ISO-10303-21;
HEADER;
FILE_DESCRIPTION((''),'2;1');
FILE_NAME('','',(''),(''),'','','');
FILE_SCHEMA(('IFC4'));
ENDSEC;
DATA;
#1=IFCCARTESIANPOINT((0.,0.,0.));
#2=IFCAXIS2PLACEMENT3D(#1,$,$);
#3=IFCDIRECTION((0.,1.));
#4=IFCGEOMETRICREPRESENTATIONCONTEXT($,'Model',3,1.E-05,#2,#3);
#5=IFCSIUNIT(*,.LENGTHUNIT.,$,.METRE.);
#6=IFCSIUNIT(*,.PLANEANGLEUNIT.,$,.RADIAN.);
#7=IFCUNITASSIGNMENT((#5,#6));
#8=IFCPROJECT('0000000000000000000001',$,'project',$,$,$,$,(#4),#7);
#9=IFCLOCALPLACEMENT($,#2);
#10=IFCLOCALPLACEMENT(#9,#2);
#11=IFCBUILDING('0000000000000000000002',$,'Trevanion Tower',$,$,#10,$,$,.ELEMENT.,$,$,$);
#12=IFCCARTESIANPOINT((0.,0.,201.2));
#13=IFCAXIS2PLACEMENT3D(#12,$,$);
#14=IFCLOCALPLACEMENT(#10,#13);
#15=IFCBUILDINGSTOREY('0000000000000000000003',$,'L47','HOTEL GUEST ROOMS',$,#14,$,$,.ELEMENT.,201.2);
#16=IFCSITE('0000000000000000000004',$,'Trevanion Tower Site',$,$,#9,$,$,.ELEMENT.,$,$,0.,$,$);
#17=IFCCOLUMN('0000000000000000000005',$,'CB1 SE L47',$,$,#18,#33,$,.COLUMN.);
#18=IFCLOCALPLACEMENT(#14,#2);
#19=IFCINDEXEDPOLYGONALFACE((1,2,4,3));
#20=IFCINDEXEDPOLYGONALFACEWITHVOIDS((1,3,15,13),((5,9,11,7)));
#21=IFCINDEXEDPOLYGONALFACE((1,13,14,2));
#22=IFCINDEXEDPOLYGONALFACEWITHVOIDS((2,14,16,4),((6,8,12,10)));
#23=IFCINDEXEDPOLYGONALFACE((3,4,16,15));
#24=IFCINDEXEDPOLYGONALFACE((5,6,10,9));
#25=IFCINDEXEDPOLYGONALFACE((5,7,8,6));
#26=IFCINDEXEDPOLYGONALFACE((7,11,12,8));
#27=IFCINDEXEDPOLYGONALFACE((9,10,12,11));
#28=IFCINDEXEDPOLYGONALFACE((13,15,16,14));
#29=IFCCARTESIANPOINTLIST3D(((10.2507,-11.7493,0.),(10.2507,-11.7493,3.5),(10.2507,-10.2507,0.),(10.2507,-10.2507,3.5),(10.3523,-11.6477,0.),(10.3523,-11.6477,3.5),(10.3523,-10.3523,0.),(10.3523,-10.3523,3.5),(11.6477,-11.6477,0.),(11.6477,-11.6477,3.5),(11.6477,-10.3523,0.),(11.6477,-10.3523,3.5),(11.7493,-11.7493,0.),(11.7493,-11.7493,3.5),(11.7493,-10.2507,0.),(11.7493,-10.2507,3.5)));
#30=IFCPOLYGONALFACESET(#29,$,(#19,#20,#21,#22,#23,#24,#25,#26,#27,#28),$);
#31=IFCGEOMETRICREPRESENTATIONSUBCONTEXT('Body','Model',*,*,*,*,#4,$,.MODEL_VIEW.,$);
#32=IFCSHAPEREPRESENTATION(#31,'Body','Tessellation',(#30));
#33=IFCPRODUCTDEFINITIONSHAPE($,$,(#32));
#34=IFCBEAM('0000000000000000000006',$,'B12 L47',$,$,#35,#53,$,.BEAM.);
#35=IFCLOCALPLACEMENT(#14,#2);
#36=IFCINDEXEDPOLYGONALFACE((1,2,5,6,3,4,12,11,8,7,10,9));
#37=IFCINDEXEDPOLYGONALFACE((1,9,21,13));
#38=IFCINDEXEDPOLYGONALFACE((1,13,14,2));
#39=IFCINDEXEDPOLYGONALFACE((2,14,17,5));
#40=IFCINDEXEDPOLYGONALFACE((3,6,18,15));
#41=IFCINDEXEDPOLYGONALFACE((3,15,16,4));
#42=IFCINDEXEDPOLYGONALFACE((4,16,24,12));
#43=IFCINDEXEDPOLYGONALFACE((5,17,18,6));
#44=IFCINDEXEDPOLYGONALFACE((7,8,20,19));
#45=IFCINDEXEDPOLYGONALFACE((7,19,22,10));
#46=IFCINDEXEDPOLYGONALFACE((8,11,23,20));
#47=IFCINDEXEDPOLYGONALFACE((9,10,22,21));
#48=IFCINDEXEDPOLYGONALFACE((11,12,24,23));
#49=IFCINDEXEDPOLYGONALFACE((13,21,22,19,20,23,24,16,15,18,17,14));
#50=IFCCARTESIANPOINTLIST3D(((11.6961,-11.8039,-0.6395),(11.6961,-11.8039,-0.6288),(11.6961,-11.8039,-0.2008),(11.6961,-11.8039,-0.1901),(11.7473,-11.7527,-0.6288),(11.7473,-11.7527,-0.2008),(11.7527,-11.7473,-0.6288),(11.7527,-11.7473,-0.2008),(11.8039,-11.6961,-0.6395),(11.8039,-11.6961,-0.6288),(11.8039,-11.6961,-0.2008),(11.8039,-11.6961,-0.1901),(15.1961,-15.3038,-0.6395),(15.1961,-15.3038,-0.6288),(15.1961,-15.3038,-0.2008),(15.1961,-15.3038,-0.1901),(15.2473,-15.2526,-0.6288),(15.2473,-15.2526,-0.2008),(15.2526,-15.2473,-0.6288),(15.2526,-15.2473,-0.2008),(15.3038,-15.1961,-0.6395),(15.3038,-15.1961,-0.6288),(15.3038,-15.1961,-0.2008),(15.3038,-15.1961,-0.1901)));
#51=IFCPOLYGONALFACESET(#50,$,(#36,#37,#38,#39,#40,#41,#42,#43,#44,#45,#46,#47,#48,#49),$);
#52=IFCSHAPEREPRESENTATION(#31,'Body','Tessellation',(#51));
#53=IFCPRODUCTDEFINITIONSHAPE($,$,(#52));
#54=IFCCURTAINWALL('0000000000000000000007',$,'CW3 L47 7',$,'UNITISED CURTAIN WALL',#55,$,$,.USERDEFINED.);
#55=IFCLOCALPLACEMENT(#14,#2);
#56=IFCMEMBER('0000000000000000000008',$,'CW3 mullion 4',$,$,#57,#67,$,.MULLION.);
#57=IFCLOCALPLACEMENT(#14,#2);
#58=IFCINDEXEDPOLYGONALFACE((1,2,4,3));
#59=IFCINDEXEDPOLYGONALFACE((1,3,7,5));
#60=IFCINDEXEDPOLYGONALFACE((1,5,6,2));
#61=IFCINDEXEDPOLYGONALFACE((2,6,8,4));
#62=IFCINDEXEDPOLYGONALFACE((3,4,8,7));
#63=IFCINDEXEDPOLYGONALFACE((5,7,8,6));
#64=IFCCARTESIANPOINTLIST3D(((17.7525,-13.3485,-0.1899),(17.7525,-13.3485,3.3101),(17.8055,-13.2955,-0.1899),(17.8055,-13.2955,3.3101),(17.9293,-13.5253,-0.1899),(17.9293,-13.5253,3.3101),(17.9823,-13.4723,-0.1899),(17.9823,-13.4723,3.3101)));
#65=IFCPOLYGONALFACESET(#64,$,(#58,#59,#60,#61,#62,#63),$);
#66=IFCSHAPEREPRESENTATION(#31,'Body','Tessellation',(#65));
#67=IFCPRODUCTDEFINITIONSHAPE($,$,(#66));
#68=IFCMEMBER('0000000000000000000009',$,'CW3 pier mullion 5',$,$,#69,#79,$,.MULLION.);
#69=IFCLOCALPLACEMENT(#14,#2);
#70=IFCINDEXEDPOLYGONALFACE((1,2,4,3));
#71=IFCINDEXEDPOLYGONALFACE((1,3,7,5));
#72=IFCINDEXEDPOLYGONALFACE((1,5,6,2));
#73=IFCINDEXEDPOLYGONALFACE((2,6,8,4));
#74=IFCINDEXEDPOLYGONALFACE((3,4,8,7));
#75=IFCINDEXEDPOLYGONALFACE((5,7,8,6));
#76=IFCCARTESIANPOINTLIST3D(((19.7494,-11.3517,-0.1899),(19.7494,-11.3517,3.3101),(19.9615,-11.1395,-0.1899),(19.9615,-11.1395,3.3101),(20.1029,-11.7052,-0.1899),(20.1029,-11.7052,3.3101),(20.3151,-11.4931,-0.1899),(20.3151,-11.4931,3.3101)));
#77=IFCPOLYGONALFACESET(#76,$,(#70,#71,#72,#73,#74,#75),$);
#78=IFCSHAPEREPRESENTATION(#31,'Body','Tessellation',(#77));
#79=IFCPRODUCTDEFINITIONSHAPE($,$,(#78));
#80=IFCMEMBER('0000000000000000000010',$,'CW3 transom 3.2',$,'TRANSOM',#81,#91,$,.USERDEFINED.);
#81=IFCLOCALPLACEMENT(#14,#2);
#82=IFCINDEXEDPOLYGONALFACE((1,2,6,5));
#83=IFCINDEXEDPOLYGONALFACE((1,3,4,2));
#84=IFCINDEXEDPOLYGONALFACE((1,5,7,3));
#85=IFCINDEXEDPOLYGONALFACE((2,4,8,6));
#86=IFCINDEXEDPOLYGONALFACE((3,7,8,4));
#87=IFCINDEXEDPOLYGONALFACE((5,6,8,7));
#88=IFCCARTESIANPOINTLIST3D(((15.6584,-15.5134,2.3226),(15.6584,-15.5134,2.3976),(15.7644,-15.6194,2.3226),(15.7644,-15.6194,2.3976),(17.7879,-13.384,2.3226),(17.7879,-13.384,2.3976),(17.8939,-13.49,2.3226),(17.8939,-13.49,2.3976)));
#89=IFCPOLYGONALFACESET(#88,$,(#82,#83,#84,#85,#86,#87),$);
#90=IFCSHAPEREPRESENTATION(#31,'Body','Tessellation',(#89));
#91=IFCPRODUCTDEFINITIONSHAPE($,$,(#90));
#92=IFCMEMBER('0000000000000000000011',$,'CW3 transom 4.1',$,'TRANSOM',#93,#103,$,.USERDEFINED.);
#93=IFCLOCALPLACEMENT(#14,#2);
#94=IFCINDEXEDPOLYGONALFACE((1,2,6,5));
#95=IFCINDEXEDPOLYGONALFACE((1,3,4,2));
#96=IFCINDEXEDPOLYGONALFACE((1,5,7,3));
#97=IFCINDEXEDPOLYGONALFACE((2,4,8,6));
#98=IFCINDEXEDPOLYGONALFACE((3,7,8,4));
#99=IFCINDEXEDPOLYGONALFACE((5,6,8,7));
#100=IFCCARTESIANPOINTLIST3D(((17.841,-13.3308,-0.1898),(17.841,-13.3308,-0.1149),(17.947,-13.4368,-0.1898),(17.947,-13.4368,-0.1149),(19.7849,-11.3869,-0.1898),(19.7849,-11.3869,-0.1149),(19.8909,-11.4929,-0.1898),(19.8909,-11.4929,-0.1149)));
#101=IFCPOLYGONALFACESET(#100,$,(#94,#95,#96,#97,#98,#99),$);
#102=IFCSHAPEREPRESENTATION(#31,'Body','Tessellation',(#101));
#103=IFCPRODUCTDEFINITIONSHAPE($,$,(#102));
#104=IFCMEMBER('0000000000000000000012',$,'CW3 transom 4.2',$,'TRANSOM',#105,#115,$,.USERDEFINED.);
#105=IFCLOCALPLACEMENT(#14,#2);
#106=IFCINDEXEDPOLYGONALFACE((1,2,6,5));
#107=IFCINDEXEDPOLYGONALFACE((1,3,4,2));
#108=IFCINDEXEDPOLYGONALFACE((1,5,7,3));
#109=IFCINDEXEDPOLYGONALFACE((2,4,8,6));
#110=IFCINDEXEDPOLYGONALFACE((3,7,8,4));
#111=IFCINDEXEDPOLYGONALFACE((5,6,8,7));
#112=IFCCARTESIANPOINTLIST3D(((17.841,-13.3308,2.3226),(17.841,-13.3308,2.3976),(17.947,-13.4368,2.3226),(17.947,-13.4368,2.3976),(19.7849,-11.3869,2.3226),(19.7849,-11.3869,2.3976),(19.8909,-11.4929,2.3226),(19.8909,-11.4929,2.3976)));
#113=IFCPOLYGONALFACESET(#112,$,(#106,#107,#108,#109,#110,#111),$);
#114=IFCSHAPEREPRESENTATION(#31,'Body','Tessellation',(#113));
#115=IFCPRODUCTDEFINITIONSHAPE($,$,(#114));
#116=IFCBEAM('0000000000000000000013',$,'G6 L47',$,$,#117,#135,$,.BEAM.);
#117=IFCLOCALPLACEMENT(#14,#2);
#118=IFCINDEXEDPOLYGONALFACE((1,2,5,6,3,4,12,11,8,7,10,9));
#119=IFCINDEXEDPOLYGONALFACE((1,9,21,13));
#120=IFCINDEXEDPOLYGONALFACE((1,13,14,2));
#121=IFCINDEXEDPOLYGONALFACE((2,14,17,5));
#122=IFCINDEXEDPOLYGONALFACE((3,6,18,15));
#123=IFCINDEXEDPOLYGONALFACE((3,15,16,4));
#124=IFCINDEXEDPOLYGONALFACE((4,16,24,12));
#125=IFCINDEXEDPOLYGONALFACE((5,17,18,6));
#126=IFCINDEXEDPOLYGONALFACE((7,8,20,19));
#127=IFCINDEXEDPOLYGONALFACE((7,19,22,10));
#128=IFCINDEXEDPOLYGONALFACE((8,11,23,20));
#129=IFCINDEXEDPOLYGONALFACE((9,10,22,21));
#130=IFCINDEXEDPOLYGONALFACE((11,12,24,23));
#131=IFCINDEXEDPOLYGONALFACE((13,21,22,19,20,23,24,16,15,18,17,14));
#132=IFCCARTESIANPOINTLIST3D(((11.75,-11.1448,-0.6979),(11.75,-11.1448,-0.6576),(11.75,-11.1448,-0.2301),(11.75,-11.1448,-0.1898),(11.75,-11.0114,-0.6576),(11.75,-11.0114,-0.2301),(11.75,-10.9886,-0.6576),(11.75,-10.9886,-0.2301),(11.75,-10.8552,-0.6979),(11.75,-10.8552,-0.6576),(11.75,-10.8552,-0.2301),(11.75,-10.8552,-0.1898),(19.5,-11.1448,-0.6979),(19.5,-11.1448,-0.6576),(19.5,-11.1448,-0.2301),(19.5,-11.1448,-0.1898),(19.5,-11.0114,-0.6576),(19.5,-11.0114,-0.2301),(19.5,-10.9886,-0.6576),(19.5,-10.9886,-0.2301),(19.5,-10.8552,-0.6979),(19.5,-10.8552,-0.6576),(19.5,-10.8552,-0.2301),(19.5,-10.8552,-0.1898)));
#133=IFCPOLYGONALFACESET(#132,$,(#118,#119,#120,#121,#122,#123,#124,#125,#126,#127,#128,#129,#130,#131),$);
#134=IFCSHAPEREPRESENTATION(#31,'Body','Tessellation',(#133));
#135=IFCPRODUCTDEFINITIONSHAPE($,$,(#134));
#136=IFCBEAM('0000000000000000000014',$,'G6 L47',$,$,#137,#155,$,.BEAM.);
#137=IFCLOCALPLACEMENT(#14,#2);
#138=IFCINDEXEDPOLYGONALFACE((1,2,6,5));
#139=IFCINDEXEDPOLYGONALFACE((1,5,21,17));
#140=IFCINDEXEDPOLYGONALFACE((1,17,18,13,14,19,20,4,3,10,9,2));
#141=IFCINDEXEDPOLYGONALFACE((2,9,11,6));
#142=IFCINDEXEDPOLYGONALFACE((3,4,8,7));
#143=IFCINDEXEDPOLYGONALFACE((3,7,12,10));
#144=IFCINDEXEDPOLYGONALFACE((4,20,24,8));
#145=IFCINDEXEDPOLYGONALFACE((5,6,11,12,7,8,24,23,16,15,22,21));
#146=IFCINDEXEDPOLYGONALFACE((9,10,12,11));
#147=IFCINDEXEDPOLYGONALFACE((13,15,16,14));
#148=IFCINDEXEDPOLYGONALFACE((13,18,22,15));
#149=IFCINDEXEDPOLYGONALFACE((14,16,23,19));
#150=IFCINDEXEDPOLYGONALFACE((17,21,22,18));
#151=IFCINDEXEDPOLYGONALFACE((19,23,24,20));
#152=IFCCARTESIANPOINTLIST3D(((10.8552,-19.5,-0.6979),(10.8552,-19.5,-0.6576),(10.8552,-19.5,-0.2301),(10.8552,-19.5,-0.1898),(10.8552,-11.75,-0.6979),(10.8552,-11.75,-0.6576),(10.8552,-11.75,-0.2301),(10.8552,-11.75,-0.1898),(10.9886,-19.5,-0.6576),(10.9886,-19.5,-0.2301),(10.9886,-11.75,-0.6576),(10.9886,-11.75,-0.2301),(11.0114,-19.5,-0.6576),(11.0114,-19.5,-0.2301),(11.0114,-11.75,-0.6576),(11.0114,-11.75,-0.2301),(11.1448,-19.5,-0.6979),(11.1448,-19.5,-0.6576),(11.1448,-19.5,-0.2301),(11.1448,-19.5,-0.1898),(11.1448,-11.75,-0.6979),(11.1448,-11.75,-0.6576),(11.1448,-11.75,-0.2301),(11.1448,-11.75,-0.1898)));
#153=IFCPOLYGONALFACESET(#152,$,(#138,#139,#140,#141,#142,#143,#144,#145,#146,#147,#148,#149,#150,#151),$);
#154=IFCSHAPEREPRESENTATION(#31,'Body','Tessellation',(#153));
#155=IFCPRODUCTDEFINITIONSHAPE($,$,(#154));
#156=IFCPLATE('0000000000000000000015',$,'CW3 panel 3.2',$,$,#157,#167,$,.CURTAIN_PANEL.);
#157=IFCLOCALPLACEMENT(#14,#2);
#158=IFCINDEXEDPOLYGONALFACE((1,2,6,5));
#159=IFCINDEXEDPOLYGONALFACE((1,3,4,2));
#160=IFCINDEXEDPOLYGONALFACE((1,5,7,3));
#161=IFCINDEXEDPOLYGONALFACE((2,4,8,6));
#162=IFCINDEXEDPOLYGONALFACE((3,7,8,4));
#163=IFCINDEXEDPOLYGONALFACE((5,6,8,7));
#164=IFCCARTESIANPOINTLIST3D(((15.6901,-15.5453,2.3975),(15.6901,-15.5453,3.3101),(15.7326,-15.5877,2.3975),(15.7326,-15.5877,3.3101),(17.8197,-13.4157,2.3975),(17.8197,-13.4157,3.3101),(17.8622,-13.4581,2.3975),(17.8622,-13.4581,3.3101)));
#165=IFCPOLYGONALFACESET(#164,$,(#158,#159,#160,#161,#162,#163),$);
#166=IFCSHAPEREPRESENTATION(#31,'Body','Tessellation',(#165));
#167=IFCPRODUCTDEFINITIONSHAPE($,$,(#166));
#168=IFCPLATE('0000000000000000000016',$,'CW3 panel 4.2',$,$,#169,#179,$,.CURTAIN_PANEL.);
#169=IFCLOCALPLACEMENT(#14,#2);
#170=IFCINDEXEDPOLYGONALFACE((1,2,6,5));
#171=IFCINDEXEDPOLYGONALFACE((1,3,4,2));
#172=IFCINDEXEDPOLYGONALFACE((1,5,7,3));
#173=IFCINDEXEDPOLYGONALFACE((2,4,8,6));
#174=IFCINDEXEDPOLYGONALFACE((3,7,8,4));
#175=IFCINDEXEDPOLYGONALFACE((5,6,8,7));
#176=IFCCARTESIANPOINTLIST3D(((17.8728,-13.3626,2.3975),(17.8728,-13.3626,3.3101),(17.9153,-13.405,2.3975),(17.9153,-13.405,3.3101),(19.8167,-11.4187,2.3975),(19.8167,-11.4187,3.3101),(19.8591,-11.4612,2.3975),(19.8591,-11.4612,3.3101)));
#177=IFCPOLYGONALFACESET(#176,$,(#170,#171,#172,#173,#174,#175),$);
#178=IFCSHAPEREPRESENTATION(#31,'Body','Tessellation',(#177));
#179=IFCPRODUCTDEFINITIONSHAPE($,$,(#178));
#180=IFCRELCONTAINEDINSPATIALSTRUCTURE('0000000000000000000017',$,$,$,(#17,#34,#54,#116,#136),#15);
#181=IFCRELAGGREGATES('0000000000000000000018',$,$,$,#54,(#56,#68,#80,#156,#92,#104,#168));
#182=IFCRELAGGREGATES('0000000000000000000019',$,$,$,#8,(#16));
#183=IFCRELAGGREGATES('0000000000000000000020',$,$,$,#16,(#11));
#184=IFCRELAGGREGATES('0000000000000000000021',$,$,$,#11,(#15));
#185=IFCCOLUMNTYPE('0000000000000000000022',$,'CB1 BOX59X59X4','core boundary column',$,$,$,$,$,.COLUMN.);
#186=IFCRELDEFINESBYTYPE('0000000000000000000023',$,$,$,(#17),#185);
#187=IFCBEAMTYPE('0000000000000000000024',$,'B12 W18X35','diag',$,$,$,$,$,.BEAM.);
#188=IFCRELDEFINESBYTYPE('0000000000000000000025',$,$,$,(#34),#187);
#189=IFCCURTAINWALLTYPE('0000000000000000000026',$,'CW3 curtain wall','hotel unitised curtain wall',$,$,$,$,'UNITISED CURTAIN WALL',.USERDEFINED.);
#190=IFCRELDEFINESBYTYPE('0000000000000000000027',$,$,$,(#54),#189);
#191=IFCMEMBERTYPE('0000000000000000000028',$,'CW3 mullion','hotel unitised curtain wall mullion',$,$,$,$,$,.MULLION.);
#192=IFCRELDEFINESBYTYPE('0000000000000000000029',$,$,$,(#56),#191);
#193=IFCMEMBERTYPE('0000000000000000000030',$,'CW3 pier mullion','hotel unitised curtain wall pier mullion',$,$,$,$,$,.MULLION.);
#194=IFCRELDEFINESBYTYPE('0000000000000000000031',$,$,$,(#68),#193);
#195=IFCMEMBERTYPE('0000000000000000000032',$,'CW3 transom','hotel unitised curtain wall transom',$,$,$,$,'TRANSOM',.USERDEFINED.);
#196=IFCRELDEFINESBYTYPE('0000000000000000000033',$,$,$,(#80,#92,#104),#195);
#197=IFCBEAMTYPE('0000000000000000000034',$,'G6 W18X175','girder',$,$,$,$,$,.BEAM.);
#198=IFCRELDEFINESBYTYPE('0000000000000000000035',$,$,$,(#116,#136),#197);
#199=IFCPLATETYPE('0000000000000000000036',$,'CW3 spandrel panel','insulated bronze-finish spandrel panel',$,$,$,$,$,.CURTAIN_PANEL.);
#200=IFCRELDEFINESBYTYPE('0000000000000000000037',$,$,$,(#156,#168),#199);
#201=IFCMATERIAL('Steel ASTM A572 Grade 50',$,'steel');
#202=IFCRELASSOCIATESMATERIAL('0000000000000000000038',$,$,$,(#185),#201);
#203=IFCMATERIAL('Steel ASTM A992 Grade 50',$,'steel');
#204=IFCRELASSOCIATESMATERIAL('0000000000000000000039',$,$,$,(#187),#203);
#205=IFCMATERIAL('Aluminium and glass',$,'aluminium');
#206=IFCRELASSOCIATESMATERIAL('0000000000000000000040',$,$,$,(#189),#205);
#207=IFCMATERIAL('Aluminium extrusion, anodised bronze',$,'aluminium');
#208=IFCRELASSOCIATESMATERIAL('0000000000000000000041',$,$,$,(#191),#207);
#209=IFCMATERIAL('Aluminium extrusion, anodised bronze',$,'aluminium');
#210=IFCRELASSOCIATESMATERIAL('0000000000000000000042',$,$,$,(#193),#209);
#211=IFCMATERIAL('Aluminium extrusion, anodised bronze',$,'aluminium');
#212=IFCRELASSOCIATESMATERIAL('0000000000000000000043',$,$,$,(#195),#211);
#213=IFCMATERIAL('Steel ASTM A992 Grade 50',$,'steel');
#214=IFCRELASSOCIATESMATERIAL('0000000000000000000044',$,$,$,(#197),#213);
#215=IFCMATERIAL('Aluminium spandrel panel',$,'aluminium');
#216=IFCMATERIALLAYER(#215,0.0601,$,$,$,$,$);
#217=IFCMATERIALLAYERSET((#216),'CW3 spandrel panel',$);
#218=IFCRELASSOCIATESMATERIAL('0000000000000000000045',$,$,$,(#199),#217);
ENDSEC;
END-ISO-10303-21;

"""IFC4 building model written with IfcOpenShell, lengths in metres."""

from ifc_helpers import new_model, si_unit, direction, frame, origin, origin_2d, place, context, subcontext, project, spatial, rectangle, hollow_rectangle, i_section, extrude, material, layer, layer_set, material_profile, profile_set, type_object, element, aggregate, save


model = new_model("IFC4")

# Units and contexts
model_context = context("Model", 3, precision=1e-05, world=origin(), true_north=direction((0.0, 1.0)))
body_context = subcontext(model_context, "Body", "Model", "MODEL_VIEW")
ifc_project = project(units=[si_unit("LENGTHUNIT", "METRE"), si_unit("PLANEANGLEUNIT", "RADIAN")], contexts=[model_context])

# Site, building, storey
site_placement = place(None, origin())
site = spatial("IfcSite", under=ifc_project, at=site_placement, Name="Trevanion Tower Site", CompositionType="ELEMENT", RefElevation=0.0)
building_placement = place(site_placement, origin())
building = spatial("IfcBuilding", under=site, at=building_placement, Name="Trevanion Tower", CompositionType="ELEMENT")
storey_placement = place(building_placement, frame((0.0, 0.0, 201.2)))
storey = spatial("IfcBuildingStorey", under=building, at=storey_placement, Name="L47", Description="HOTEL GUEST ROOMS", CompositionType="ELEMENT", Elevation=201.2)

# Column
ifc_material_1 = material(Name="Steel ASTM A572 Grade 50", Category="steel")
ifc_material_profile_1 = material_profile(ifc_material_1, hollow_rectangle(XDim=1.4985, YDim=1.4985, WallThickness=0.1016, at=origin_2d()), Name="BOX59X59X4")
ifc_profile_set_1 = profile_set([ifc_material_profile_1], Name="Steel ASTM A572 Grade 50")
column_type = type_object("IfcColumnType", Name="CB1 BOX59X59X4", Description="core boundary column", PredefinedType="COLUMN", material=ifc_profile_set_1)
column_placement = place(storey_placement, frame((11.0, -11.0, 0.0), z_axis=(0.0, 0.0, 1.0), x_axis=(1.0, 0.0, 0.0)))
element("IfcColumn", 1, at=column_placement, inside=storey, type_object=column_type, Name="CB1 SE L47", PredefinedType="COLUMN", context=body_context, shape_type="SweptSolid", body=[
    extrude(hollow_rectangle(XDim=1.4985, YDim=1.4985, WallThickness=0.1016, at=origin_2d()), origin(), (0.0, 0.0, 1.0), 3.5),
])

# Beam
ifc_material_2 = material(Name="Steel ASTM A992 Grade 50", Category="steel")
ifc_material_profile_2 = material_profile(ifc_material_2, i_section(OverallWidth=0.1523, OverallDepth=0.4495, WebThickness=0.0076, FlangeThickness=0.0107, at=origin_2d()), Name="W18X35")
ifc_profile_set_2 = profile_set([ifc_material_profile_2], Name="Steel ASTM A992 Grade 50")
beam_type_1 = type_object("IfcBeamType", Name="B12 W18X35", Description="diag", PredefinedType="BEAM", material=ifc_profile_set_2)
beam_placement = place(storey_placement, frame((11.75, -11.75, -0.4148), z_axis=(0.707107, -0.707107, 0.0), x_axis=(0.707107, 0.707107, 0.0)))
element("IfcBeam", 2, at=beam_placement, inside=storey, type_object=beam_type_1, Name="B12 L47", PredefinedType="BEAM", context=body_context, shape_type="SweptSolid", body=[
    extrude(i_section(OverallWidth=0.1523, OverallDepth=0.4495, WebThickness=0.0076, FlangeThickness=0.0107, at=origin_2d()), origin(), (0.0, 0.0, 1.0), 4.9497),
])

# Curtain wall, members
ifc_material_3 = material(Name="Aluminium and glass", Category="aluminium")
curtain_wall_type = type_object("IfcCurtainWallType", Name="CW3 curtain wall", Description="hotel unitised curtain wall", ElementType="UNITISED CURTAIN WALL", PredefinedType="USERDEFINED", material=ifc_material_3)
curtain_wall_placement = place(storey_placement, origin())
curtain_wall = element("IfcCurtainWall", 3, at=curtain_wall_placement, inside=storey, type_object=curtain_wall_type, Name="CW3 L47 7", ObjectType="UNITISED CURTAIN WALL", PredefinedType="USERDEFINED")
ifc_material_4 = material(Name="Aluminium extrusion, anodised bronze", Category="aluminium")
ifc_material_profile_3 = material_profile(ifc_material_4, rectangle(XDim=0.075, YDim=0.25, at=origin_2d()), Name="CW3 mullion")
ifc_profile_set_3 = profile_set([ifc_material_profile_3], Name="Aluminium extrusion, anodised bronze")
member_type_1 = type_object("IfcMemberType", Name="CW3 mullion", Description="hotel unitised curtain wall mullion", PredefinedType="MULLION", material=ifc_profile_set_3)
member_1_placement = place(storey_placement, frame((17.8674, -13.4104, -0.1899), z_axis=(0.0, 0.0, 1.0), x_axis=(0.707107, 0.707107, 0.0)))
member_1 = element("IfcMember", 4, at=member_1_placement, type_object=member_type_1, Name="CW3 mullion 4", PredefinedType="MULLION", context=body_context, shape_type="SweptSolid", body=[
    extrude(rectangle(XDim=0.075, YDim=0.25, at=origin_2d()), origin(), (0.0, 0.0, 1.0), 3.5),
])
ifc_material_5 = material(Name="Aluminium extrusion, anodised bronze", Category="aluminium")
ifc_material_profile_4 = material_profile(ifc_material_5, rectangle(XDim=0.3, YDim=0.5, at=origin_2d()), Name="CW3 pier mullion")
ifc_profile_set_4 = profile_set([ifc_material_profile_4], Name="Aluminium extrusion, anodised bronze")
member_type_2 = type_object("IfcMemberType", Name="CW3 pier mullion", Description="hotel unitised curtain wall pier mullion", PredefinedType="MULLION", material=ifc_profile_set_4)
member_2_placement = place(storey_placement, frame((20.0322, -11.4224, -0.1899), z_axis=(0.0, 0.0, 1.0), x_axis=(0.707107, 0.707107, 0.0)))
member_2 = element("IfcMember", 5, at=member_2_placement, type_object=member_type_2, Name="CW3 pier mullion 5", PredefinedType="MULLION", context=body_context, shape_type="SweptSolid", body=[
    extrude(rectangle(XDim=0.3, YDim=0.5, at=origin_2d()), origin(), (0.0, 0.0, 1.0), 3.5),
])
ifc_material_6 = material(Name="Aluminium extrusion, anodised bronze", Category="aluminium")
ifc_material_profile_5 = material_profile(ifc_material_6, rectangle(XDim=0.1499, YDim=0.075, at=origin_2d()), Name="CW3 transom")
ifc_profile_set_5 = profile_set([ifc_material_profile_5], Name="Aluminium extrusion, anodised bronze")
member_type_3 = type_object("IfcMemberType", Name="CW3 transom", Description="hotel unitised curtain wall transom", ElementType="TRANSOM", PredefinedType="USERDEFINED", material=ifc_profile_set_5)
member_3_placement = place(storey_placement, frame((15.7114, -15.5664, 2.3601), z_axis=(0.707107, 0.707107, 0.0), x_axis=(-0.707107, 0.707107, 0.0)))
member_3 = element("IfcMember", 6, at=member_3_placement, type_object=member_type_3, Name="CW3 transom 3.2", ObjectType="TRANSOM", PredefinedType="USERDEFINED", context=body_context, shape_type="SweptSolid", body=[
    extrude(rectangle(XDim=0.1499, YDim=0.075, at=origin_2d()), origin(), (0.0, 0.0, 1.0), 3.0115),
])
member_4_placement = place(storey_placement, frame((17.894, -13.3838, -0.1523), z_axis=(0.707107, 0.707107, 0.0), x_axis=(-0.707107, 0.707107, 0.0)))
member_4 = element("IfcMember", 7, at=member_4_placement, type_object=member_type_3, Name="CW3 transom 4.1", ObjectType="TRANSOM", PredefinedType="USERDEFINED", context=body_context, shape_type="SweptSolid", body=[
    extrude(rectangle(XDim=0.1499, YDim=0.075, at=origin_2d()), origin(), (0.0, 0.0, 1.0), 2.749),
])
member_5_placement = place(storey_placement, frame((17.894, -13.3838, 2.3601), z_axis=(0.707107, 0.707107, 0.0), x_axis=(-0.707107, 0.707107, 0.0)))
member_5 = element("IfcMember", 8, at=member_5_placement, type_object=member_type_3, Name="CW3 transom 4.2", ObjectType="TRANSOM", PredefinedType="USERDEFINED", context=body_context, shape_type="SweptSolid", body=[
    extrude(rectangle(XDim=0.1499, YDim=0.075, at=origin_2d()), origin(), (0.0, 0.0, 1.0), 2.749),
])

# Beams
ifc_material_7 = material(Name="Steel ASTM A992 Grade 50", Category="steel")
ifc_material_profile_6 = material_profile(ifc_material_7, i_section(OverallWidth=0.2896, OverallDepth=0.5081, WebThickness=0.0227, FlangeThickness=0.0403, at=origin_2d()), Name="W18X175")
ifc_profile_set_6 = profile_set([ifc_material_profile_6], Name="Steel ASTM A992 Grade 50")
beam_type_2 = type_object("IfcBeamType", Name="G6 W18X175", Description="girder", PredefinedType="BEAM", material=ifc_profile_set_6)
for number, where, z_axis, x_axis, name in (
    (9, (11.75, -11.0, -0.4438), (1.0, 0.0, 0.0), (0.0, 1.0, 0.0), "G6 L47"),
    (10, (11.0, -11.75, -0.4438), (0.0, -1.0, 0.0), (1.0, 0.0, 0.0), "G6 L47"),
):
    element("IfcBeam", number, at=place(storey_placement, frame(where, z_axis=z_axis, x_axis=x_axis)), inside=storey, type_object=beam_type_2, Name=name, PredefinedType="BEAM", context=body_context, shape_type="SweptSolid", body=[
        extrude(i_section(OverallWidth=0.2896, OverallDepth=0.5081, WebThickness=0.0227, FlangeThickness=0.0403, at=origin_2d()), origin(), (0.0, 0.0, 1.0), 7.75),
    ])

# Plates
ifc_material_8 = material(Name="Aluminium spandrel panel", Category="aluminium")
ifc_layer_1 = layer(ifc_material_8, 0.0601)
ifc_layer_set_1 = layer_set([ifc_layer_1], Name="CW3 spandrel panel")
plate_type_1 = type_object("IfcPlateType", Name="CW3 spandrel panel", Description="insulated bronze-finish spandrel panel", PredefinedType="CURTAIN_PANEL", material=ifc_layer_set_1)
plate_1_placement = place(storey_placement, frame((16.7761, -14.5017, 2.3975), z_axis=(0.0, 0.0, 1.0), x_axis=(0.707107, 0.707107, 0.0)))
plate_1 = element("IfcPlate", 11, at=plate_1_placement, type_object=plate_type_1, Name="CW3 panel 3.2", PredefinedType="CURTAIN_PANEL", context=body_context, shape_type="SweptSolid", body=[
    extrude(rectangle(XDim=3.0117, YDim=0.0601, at=origin_2d()), origin(), (0.0, 0.0, 1.0), 0.9126),
])
plate_2_placement = place(storey_placement, frame((18.866, -12.4119, 2.3975), z_axis=(0.0, 0.0, 1.0), x_axis=(0.707107, 0.707107, 0.0)))
plate_2 = element("IfcPlate", 12, at=plate_2_placement, type_object=plate_type_1, Name="CW3 panel 4.2", PredefinedType="CURTAIN_PANEL", context=body_context, shape_type="SweptSolid", body=[
    extrude(rectangle(XDim=2.749, YDim=0.0601, at=origin_2d()), origin(), (0.0, 0.0, 1.0), 0.9126),
])
aggregate(curtain_wall, [member_1, member_2, member_3, plate_1, member_4, member_5, plate_2])

save(model, "model.ifc")
